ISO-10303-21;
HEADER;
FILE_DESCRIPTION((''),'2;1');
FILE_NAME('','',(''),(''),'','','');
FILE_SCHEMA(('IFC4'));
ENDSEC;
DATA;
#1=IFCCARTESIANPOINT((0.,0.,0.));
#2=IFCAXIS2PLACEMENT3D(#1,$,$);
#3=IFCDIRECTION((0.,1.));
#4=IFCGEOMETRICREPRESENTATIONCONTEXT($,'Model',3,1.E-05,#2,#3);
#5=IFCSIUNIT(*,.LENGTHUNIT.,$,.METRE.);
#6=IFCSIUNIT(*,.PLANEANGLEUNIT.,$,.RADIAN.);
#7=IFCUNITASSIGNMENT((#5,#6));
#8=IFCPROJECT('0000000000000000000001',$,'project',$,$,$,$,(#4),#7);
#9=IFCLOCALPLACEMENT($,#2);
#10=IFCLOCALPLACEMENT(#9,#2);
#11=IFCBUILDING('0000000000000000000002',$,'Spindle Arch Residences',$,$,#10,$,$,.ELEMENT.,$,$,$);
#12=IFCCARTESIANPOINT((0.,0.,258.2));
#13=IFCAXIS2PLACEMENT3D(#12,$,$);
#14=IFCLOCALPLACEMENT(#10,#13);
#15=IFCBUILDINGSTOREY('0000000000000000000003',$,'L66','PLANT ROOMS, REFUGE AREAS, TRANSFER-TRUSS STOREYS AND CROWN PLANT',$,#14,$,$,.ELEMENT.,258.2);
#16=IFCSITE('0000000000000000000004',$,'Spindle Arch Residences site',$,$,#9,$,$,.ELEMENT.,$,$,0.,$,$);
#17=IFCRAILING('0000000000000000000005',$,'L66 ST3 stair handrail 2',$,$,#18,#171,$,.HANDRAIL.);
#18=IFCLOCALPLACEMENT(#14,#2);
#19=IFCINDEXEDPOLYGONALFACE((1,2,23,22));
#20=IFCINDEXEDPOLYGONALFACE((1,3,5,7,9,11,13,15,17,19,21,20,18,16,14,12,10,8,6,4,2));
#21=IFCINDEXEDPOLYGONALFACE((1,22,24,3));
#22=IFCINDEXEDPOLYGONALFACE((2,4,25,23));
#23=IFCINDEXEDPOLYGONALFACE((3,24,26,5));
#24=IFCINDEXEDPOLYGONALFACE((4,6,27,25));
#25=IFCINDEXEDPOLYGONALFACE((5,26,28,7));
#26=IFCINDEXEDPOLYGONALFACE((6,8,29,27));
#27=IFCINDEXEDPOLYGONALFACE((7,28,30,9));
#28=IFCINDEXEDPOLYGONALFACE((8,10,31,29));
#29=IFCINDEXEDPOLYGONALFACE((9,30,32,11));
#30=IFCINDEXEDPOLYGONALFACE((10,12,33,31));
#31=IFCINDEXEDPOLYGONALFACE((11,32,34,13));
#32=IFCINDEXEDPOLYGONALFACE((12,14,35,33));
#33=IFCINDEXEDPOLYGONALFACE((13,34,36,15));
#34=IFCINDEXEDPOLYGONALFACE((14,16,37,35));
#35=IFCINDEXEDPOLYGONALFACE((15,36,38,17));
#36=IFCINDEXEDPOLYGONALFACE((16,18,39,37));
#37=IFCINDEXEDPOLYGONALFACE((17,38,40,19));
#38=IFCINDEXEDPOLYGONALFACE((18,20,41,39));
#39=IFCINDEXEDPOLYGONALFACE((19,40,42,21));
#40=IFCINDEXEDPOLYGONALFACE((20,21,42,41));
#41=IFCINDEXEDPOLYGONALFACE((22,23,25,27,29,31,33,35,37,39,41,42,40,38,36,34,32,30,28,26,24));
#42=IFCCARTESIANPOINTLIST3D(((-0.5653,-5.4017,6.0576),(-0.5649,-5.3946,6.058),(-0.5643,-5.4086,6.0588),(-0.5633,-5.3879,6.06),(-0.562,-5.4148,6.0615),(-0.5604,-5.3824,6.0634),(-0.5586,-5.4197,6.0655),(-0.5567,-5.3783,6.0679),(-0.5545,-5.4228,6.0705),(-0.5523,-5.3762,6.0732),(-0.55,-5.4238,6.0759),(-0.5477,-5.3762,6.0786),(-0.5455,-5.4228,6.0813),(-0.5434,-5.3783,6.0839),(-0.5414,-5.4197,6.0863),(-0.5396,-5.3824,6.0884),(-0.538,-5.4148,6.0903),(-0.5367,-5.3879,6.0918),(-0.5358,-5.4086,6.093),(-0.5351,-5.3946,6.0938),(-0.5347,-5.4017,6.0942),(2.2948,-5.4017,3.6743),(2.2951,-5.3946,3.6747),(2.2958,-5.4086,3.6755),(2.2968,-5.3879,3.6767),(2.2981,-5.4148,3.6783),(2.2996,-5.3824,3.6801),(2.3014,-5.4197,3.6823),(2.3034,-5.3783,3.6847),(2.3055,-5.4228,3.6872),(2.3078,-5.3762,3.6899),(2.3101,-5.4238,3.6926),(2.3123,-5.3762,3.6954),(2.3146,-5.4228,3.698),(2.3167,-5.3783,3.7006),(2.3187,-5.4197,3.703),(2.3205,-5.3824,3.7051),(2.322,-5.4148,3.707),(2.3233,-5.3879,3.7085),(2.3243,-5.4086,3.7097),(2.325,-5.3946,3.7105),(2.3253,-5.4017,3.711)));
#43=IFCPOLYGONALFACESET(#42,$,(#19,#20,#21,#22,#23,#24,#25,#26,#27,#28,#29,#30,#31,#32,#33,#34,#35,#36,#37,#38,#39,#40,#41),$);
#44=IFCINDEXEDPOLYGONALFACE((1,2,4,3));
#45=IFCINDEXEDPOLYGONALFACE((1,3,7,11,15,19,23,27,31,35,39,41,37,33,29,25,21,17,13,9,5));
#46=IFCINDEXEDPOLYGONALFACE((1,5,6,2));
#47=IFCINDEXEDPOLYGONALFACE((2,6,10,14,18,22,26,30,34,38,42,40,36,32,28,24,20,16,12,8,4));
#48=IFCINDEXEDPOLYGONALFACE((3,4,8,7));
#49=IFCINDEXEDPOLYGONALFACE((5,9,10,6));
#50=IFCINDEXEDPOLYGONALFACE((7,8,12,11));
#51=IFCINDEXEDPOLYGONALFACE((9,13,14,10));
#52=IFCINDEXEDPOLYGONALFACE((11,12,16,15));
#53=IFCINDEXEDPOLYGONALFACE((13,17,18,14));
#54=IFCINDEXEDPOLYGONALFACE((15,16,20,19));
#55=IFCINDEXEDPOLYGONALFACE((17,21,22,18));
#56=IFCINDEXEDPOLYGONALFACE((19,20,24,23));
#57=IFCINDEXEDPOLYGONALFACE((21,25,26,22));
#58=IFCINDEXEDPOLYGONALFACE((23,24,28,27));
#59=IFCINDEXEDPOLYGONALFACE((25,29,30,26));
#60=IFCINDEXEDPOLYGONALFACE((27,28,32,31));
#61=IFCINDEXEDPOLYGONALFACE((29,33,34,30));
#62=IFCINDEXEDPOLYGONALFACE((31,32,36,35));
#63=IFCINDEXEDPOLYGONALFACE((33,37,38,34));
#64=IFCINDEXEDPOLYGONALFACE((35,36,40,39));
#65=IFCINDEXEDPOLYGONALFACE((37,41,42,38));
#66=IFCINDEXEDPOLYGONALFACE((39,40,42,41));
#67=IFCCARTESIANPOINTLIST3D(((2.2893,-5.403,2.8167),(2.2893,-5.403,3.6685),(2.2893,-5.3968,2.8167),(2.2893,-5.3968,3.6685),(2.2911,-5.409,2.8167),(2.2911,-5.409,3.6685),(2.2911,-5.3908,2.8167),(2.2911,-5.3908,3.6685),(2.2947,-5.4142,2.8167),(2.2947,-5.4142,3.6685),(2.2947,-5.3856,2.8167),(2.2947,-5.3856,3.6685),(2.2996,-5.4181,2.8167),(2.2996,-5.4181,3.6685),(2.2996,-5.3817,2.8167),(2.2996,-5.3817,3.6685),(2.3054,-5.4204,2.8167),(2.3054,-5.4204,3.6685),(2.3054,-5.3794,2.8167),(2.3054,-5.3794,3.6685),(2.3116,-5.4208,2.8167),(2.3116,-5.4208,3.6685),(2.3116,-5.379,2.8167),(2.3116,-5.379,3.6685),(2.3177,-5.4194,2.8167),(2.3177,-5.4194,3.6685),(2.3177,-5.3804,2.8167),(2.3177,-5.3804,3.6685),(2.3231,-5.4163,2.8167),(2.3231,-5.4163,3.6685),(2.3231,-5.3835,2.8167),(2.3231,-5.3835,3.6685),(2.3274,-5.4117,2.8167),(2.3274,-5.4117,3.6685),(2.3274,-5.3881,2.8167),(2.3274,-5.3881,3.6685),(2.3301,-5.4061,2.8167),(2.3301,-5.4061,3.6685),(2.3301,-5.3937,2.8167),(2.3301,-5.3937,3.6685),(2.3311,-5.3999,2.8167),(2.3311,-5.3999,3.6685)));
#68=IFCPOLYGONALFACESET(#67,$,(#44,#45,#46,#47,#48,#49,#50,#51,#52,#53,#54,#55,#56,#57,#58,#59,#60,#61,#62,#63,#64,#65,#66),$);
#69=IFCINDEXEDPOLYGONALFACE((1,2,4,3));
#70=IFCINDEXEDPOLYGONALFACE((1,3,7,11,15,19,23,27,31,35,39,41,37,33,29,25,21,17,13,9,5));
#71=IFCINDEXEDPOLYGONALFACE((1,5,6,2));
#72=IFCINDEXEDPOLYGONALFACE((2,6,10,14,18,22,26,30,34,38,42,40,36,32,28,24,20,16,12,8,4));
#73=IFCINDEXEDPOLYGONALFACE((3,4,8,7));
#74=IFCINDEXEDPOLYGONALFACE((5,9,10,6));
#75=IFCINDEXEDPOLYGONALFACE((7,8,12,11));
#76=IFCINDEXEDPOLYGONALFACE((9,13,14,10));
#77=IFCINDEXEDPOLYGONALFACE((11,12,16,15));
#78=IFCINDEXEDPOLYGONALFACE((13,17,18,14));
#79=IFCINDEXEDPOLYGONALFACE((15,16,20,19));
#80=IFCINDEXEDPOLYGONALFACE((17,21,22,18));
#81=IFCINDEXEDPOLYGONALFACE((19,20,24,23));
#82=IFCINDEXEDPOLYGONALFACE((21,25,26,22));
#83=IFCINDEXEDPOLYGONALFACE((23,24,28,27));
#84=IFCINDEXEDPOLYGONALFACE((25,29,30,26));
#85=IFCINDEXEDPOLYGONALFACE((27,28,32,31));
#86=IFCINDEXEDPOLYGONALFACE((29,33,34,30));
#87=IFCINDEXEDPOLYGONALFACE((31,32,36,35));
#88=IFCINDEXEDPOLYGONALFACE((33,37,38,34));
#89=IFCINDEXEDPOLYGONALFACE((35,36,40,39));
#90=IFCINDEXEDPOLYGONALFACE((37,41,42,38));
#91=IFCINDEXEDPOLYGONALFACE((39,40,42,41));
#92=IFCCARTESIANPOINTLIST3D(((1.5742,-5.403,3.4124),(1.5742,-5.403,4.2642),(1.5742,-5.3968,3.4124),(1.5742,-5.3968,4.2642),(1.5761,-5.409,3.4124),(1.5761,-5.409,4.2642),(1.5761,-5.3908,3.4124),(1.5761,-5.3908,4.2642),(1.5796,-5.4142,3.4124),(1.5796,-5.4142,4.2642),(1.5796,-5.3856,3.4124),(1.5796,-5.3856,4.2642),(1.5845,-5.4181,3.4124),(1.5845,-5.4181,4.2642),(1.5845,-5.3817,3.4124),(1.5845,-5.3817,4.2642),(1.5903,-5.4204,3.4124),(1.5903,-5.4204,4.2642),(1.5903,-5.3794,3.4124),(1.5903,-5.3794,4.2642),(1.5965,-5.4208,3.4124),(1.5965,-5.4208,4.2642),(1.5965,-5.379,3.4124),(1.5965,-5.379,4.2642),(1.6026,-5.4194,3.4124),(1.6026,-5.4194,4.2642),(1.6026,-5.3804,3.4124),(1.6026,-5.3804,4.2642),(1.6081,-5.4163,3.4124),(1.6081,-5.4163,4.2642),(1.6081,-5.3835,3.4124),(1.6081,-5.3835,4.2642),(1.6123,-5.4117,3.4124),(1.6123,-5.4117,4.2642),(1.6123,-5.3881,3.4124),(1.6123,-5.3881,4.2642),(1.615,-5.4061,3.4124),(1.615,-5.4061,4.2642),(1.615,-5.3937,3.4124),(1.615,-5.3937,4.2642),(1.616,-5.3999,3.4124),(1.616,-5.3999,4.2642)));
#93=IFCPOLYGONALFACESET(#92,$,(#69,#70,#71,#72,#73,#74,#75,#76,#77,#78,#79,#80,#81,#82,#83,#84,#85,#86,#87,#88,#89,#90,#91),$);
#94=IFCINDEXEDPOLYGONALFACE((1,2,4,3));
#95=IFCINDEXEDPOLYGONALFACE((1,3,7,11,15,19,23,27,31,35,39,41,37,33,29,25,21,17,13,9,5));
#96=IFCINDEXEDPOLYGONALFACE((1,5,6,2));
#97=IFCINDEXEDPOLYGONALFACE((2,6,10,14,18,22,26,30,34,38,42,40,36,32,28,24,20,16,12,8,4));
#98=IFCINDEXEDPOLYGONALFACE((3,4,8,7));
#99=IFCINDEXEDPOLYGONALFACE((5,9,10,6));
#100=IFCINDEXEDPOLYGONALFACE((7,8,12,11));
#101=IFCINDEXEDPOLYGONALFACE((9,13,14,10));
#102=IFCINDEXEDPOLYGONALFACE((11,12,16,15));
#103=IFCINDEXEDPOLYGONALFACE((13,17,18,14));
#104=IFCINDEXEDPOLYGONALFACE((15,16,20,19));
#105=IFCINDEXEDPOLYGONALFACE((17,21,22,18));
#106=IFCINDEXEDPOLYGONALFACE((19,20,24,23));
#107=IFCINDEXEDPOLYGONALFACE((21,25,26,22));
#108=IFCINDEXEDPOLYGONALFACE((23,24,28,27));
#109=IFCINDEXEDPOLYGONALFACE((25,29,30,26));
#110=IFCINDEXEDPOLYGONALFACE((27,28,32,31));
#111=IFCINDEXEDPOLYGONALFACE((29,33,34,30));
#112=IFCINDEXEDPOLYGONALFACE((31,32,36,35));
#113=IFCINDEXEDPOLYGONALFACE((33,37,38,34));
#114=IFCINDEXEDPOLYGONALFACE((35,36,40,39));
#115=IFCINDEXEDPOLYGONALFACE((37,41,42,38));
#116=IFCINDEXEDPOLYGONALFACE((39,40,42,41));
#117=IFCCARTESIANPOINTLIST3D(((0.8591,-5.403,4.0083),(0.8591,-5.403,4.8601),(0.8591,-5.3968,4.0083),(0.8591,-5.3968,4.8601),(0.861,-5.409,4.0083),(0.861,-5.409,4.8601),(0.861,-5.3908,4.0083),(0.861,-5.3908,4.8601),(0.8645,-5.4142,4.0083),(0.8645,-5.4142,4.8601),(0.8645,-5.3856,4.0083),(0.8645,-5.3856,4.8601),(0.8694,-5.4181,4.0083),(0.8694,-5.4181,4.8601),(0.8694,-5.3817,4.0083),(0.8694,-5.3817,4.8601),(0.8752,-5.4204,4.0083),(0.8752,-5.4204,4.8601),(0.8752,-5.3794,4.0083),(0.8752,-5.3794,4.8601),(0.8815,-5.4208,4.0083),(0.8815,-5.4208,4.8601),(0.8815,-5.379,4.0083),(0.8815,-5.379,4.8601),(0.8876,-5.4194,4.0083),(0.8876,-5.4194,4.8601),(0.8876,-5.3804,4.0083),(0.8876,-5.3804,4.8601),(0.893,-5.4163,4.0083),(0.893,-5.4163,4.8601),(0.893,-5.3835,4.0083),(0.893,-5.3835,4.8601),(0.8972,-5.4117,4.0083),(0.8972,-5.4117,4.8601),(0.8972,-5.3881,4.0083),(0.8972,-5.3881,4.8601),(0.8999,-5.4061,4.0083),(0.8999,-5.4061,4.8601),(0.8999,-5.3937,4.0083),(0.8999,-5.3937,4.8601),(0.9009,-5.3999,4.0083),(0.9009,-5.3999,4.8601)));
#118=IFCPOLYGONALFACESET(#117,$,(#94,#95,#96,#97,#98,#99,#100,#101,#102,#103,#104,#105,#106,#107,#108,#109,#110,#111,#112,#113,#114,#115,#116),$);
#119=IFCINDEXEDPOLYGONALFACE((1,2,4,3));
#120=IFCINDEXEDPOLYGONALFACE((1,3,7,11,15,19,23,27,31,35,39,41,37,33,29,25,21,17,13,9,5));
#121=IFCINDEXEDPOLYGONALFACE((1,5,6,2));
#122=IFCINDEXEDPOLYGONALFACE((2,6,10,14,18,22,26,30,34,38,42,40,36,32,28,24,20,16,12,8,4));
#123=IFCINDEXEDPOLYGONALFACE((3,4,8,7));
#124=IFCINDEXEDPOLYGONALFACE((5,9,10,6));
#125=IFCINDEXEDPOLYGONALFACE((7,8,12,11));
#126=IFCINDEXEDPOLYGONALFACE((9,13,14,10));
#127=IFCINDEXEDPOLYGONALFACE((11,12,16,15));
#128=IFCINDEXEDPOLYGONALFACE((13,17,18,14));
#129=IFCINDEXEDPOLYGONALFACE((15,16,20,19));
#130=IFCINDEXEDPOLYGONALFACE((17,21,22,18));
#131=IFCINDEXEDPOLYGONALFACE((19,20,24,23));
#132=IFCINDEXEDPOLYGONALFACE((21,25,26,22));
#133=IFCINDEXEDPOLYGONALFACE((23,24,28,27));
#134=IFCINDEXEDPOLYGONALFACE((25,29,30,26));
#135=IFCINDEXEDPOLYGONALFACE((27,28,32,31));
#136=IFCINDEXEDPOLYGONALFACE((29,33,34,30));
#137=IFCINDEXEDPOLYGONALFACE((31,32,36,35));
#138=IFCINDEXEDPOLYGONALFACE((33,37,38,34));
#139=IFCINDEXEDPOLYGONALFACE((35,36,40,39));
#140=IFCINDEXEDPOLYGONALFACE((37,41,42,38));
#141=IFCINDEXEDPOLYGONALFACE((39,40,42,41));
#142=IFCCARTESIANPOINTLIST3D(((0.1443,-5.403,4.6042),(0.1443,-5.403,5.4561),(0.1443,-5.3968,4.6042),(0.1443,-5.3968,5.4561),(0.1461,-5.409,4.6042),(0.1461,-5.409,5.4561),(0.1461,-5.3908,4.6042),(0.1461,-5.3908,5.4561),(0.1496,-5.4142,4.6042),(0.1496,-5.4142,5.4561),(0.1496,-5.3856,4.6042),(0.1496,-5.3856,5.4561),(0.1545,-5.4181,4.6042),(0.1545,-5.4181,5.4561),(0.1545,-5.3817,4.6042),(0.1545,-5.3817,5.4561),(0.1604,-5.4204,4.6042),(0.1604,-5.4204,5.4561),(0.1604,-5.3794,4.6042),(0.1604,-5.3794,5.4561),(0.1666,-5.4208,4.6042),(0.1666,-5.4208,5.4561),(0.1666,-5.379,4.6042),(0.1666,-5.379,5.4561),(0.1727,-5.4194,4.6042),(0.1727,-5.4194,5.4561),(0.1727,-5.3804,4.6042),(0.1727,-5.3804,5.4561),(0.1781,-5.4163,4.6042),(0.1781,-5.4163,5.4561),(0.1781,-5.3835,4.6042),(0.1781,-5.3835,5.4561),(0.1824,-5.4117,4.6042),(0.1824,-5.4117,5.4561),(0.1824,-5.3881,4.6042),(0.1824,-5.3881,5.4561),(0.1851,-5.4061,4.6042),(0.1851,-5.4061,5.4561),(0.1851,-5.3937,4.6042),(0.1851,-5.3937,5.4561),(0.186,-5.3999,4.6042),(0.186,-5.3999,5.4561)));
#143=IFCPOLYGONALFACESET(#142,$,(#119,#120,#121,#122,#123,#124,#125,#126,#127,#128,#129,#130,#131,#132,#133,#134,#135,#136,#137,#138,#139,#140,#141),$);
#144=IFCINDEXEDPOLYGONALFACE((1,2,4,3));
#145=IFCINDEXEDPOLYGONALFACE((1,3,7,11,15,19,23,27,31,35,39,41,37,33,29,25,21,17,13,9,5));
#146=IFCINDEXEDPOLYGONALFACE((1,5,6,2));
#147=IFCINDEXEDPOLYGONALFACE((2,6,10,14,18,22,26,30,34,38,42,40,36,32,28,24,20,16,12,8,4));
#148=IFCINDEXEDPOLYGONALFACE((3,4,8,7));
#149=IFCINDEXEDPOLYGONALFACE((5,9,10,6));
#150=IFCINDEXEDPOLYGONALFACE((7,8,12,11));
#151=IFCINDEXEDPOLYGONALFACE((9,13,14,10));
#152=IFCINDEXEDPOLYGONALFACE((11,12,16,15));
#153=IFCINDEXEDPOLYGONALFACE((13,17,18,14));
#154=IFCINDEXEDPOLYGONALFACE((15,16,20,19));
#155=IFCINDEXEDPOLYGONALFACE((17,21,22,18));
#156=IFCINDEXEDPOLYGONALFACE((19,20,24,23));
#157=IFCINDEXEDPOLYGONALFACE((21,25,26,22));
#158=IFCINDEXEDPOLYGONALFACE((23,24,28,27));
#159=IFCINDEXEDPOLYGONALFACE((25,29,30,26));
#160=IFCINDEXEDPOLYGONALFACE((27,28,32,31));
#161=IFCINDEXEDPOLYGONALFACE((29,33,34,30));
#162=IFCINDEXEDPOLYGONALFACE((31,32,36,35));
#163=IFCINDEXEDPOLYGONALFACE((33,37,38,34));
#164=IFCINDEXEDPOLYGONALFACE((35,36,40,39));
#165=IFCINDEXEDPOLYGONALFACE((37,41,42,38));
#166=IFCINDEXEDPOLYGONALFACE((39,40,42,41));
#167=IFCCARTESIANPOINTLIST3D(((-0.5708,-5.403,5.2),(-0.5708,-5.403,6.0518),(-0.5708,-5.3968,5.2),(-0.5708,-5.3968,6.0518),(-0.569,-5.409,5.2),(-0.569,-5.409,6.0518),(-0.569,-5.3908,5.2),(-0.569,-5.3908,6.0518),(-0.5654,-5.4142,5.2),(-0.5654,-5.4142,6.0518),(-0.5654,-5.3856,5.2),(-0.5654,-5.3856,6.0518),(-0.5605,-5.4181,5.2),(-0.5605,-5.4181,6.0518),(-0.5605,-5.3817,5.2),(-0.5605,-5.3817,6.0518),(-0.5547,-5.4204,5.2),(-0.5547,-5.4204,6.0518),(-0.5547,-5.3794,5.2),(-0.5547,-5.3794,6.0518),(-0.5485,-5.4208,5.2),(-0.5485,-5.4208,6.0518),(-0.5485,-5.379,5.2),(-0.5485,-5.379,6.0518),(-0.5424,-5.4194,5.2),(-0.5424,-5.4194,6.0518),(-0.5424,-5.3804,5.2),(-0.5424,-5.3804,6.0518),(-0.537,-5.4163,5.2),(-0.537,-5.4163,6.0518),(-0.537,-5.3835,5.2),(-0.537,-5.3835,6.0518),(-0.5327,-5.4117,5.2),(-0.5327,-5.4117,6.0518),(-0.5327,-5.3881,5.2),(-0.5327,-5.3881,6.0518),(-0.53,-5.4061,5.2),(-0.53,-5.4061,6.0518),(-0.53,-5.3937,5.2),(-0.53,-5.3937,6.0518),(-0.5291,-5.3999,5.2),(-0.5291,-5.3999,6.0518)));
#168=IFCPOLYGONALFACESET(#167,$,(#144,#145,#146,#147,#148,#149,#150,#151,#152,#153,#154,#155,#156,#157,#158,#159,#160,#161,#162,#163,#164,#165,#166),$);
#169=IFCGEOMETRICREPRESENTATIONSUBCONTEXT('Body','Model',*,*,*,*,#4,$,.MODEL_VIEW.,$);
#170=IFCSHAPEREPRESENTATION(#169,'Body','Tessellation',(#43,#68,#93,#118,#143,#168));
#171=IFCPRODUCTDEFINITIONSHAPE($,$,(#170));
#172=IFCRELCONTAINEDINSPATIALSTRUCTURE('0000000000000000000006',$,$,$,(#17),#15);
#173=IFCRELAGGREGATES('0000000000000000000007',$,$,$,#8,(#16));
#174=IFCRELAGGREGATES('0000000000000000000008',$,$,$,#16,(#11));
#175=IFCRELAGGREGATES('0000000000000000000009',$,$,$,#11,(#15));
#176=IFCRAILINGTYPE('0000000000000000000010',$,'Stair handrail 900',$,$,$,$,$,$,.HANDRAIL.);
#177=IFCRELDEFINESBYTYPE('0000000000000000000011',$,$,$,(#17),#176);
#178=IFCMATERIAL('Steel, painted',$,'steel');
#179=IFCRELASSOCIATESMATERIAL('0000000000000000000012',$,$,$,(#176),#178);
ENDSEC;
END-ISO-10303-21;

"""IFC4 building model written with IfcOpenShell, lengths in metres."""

from ifc_helpers import new_model, si_unit, direction, frame, origin, origin_2d, place, context, subcontext, project, spatial, circle, extrude, material, type_object, element, save


model = new_model("IFC4")

# Units and contexts
model_context = context("Model", 3, precision=1e-05, world=origin(), true_north=direction((0.0, 1.0)))
body_context = subcontext(model_context, "Body", "Model", "MODEL_VIEW")
ifc_project = project(units=[si_unit("LENGTHUNIT", "METRE"), si_unit("PLANEANGLEUNIT", "RADIAN")], contexts=[model_context])

# Site, building, storey
site_placement = place(None, origin())
site = spatial("IfcSite", under=ifc_project, at=site_placement, Name="Spindle Arch Residences site", CompositionType="ELEMENT", RefElevation=0.0)
building_placement = place(site_placement, origin())
building = spatial("IfcBuilding", under=site, at=building_placement, Name="Spindle Arch Residences", CompositionType="ELEMENT")
storey_placement = place(building_placement, frame((0.0, 0.0, 258.2)))
storey = spatial("IfcBuildingStorey", under=building, at=storey_placement, Name="L66", Description="PLANT ROOMS, REFUGE AREAS, TRANSFER-TRUSS STOREYS AND CROWN PLANT", CompositionType="ELEMENT", Elevation=258.2)

# Railing
ifc_material_1 = material(Name="Steel, painted", Category="steel")
railing_type_1 = type_object("IfcRailingType", Name="Stair handrail 900", PredefinedType="HANDRAIL", material=ifc_material_1)
railing_1_placement = place(storey_placement, frame((2.3101, -5.3999, 2.8167)))
element("IfcRailing", 1, at=railing_1_placement, inside=storey, type_object=railing_type_1, Name="L66 ST3 stair handrail 2", PredefinedType="HANDRAIL", context=body_context, shape_type="SweptSolid", body=[
    extrude(circle(Radius=0.0239, at=origin_2d()), frame((0.0, 0.0, 0.876), z_axis=(-0.768237, 0.0, 0.640165), x_axis=(0.0, -1.0, 0.0)), (0.0, 0.0, 1.0), 3.7229),
    extrude(circle(Radius=0.021, at=origin_2d()), origin(), (0.0, 0.0, 1.0), 0.8518),
    extrude(circle(Radius=0.021, at=origin_2d()), frame((-0.7151, 0.0, 0.5957)), (0.0, 0.0, 1.0), 0.8518),
    extrude(circle(Radius=0.021, at=origin_2d()), frame((-1.4302, 0.0, 1.1917)), (0.0, 0.0, 1.0), 0.8518),
    extrude(circle(Radius=0.021, at=origin_2d()), frame((-2.145, 0.0, 1.7876)), (0.0, 0.0, 1.0), 0.8518),
    extrude(circle(Radius=0.021, at=origin_2d()), frame((-2.8601, 0.0, 2.3833)), (0.0, 0.0, 1.0), 0.8518),
])

save(model, "model.ifc")
